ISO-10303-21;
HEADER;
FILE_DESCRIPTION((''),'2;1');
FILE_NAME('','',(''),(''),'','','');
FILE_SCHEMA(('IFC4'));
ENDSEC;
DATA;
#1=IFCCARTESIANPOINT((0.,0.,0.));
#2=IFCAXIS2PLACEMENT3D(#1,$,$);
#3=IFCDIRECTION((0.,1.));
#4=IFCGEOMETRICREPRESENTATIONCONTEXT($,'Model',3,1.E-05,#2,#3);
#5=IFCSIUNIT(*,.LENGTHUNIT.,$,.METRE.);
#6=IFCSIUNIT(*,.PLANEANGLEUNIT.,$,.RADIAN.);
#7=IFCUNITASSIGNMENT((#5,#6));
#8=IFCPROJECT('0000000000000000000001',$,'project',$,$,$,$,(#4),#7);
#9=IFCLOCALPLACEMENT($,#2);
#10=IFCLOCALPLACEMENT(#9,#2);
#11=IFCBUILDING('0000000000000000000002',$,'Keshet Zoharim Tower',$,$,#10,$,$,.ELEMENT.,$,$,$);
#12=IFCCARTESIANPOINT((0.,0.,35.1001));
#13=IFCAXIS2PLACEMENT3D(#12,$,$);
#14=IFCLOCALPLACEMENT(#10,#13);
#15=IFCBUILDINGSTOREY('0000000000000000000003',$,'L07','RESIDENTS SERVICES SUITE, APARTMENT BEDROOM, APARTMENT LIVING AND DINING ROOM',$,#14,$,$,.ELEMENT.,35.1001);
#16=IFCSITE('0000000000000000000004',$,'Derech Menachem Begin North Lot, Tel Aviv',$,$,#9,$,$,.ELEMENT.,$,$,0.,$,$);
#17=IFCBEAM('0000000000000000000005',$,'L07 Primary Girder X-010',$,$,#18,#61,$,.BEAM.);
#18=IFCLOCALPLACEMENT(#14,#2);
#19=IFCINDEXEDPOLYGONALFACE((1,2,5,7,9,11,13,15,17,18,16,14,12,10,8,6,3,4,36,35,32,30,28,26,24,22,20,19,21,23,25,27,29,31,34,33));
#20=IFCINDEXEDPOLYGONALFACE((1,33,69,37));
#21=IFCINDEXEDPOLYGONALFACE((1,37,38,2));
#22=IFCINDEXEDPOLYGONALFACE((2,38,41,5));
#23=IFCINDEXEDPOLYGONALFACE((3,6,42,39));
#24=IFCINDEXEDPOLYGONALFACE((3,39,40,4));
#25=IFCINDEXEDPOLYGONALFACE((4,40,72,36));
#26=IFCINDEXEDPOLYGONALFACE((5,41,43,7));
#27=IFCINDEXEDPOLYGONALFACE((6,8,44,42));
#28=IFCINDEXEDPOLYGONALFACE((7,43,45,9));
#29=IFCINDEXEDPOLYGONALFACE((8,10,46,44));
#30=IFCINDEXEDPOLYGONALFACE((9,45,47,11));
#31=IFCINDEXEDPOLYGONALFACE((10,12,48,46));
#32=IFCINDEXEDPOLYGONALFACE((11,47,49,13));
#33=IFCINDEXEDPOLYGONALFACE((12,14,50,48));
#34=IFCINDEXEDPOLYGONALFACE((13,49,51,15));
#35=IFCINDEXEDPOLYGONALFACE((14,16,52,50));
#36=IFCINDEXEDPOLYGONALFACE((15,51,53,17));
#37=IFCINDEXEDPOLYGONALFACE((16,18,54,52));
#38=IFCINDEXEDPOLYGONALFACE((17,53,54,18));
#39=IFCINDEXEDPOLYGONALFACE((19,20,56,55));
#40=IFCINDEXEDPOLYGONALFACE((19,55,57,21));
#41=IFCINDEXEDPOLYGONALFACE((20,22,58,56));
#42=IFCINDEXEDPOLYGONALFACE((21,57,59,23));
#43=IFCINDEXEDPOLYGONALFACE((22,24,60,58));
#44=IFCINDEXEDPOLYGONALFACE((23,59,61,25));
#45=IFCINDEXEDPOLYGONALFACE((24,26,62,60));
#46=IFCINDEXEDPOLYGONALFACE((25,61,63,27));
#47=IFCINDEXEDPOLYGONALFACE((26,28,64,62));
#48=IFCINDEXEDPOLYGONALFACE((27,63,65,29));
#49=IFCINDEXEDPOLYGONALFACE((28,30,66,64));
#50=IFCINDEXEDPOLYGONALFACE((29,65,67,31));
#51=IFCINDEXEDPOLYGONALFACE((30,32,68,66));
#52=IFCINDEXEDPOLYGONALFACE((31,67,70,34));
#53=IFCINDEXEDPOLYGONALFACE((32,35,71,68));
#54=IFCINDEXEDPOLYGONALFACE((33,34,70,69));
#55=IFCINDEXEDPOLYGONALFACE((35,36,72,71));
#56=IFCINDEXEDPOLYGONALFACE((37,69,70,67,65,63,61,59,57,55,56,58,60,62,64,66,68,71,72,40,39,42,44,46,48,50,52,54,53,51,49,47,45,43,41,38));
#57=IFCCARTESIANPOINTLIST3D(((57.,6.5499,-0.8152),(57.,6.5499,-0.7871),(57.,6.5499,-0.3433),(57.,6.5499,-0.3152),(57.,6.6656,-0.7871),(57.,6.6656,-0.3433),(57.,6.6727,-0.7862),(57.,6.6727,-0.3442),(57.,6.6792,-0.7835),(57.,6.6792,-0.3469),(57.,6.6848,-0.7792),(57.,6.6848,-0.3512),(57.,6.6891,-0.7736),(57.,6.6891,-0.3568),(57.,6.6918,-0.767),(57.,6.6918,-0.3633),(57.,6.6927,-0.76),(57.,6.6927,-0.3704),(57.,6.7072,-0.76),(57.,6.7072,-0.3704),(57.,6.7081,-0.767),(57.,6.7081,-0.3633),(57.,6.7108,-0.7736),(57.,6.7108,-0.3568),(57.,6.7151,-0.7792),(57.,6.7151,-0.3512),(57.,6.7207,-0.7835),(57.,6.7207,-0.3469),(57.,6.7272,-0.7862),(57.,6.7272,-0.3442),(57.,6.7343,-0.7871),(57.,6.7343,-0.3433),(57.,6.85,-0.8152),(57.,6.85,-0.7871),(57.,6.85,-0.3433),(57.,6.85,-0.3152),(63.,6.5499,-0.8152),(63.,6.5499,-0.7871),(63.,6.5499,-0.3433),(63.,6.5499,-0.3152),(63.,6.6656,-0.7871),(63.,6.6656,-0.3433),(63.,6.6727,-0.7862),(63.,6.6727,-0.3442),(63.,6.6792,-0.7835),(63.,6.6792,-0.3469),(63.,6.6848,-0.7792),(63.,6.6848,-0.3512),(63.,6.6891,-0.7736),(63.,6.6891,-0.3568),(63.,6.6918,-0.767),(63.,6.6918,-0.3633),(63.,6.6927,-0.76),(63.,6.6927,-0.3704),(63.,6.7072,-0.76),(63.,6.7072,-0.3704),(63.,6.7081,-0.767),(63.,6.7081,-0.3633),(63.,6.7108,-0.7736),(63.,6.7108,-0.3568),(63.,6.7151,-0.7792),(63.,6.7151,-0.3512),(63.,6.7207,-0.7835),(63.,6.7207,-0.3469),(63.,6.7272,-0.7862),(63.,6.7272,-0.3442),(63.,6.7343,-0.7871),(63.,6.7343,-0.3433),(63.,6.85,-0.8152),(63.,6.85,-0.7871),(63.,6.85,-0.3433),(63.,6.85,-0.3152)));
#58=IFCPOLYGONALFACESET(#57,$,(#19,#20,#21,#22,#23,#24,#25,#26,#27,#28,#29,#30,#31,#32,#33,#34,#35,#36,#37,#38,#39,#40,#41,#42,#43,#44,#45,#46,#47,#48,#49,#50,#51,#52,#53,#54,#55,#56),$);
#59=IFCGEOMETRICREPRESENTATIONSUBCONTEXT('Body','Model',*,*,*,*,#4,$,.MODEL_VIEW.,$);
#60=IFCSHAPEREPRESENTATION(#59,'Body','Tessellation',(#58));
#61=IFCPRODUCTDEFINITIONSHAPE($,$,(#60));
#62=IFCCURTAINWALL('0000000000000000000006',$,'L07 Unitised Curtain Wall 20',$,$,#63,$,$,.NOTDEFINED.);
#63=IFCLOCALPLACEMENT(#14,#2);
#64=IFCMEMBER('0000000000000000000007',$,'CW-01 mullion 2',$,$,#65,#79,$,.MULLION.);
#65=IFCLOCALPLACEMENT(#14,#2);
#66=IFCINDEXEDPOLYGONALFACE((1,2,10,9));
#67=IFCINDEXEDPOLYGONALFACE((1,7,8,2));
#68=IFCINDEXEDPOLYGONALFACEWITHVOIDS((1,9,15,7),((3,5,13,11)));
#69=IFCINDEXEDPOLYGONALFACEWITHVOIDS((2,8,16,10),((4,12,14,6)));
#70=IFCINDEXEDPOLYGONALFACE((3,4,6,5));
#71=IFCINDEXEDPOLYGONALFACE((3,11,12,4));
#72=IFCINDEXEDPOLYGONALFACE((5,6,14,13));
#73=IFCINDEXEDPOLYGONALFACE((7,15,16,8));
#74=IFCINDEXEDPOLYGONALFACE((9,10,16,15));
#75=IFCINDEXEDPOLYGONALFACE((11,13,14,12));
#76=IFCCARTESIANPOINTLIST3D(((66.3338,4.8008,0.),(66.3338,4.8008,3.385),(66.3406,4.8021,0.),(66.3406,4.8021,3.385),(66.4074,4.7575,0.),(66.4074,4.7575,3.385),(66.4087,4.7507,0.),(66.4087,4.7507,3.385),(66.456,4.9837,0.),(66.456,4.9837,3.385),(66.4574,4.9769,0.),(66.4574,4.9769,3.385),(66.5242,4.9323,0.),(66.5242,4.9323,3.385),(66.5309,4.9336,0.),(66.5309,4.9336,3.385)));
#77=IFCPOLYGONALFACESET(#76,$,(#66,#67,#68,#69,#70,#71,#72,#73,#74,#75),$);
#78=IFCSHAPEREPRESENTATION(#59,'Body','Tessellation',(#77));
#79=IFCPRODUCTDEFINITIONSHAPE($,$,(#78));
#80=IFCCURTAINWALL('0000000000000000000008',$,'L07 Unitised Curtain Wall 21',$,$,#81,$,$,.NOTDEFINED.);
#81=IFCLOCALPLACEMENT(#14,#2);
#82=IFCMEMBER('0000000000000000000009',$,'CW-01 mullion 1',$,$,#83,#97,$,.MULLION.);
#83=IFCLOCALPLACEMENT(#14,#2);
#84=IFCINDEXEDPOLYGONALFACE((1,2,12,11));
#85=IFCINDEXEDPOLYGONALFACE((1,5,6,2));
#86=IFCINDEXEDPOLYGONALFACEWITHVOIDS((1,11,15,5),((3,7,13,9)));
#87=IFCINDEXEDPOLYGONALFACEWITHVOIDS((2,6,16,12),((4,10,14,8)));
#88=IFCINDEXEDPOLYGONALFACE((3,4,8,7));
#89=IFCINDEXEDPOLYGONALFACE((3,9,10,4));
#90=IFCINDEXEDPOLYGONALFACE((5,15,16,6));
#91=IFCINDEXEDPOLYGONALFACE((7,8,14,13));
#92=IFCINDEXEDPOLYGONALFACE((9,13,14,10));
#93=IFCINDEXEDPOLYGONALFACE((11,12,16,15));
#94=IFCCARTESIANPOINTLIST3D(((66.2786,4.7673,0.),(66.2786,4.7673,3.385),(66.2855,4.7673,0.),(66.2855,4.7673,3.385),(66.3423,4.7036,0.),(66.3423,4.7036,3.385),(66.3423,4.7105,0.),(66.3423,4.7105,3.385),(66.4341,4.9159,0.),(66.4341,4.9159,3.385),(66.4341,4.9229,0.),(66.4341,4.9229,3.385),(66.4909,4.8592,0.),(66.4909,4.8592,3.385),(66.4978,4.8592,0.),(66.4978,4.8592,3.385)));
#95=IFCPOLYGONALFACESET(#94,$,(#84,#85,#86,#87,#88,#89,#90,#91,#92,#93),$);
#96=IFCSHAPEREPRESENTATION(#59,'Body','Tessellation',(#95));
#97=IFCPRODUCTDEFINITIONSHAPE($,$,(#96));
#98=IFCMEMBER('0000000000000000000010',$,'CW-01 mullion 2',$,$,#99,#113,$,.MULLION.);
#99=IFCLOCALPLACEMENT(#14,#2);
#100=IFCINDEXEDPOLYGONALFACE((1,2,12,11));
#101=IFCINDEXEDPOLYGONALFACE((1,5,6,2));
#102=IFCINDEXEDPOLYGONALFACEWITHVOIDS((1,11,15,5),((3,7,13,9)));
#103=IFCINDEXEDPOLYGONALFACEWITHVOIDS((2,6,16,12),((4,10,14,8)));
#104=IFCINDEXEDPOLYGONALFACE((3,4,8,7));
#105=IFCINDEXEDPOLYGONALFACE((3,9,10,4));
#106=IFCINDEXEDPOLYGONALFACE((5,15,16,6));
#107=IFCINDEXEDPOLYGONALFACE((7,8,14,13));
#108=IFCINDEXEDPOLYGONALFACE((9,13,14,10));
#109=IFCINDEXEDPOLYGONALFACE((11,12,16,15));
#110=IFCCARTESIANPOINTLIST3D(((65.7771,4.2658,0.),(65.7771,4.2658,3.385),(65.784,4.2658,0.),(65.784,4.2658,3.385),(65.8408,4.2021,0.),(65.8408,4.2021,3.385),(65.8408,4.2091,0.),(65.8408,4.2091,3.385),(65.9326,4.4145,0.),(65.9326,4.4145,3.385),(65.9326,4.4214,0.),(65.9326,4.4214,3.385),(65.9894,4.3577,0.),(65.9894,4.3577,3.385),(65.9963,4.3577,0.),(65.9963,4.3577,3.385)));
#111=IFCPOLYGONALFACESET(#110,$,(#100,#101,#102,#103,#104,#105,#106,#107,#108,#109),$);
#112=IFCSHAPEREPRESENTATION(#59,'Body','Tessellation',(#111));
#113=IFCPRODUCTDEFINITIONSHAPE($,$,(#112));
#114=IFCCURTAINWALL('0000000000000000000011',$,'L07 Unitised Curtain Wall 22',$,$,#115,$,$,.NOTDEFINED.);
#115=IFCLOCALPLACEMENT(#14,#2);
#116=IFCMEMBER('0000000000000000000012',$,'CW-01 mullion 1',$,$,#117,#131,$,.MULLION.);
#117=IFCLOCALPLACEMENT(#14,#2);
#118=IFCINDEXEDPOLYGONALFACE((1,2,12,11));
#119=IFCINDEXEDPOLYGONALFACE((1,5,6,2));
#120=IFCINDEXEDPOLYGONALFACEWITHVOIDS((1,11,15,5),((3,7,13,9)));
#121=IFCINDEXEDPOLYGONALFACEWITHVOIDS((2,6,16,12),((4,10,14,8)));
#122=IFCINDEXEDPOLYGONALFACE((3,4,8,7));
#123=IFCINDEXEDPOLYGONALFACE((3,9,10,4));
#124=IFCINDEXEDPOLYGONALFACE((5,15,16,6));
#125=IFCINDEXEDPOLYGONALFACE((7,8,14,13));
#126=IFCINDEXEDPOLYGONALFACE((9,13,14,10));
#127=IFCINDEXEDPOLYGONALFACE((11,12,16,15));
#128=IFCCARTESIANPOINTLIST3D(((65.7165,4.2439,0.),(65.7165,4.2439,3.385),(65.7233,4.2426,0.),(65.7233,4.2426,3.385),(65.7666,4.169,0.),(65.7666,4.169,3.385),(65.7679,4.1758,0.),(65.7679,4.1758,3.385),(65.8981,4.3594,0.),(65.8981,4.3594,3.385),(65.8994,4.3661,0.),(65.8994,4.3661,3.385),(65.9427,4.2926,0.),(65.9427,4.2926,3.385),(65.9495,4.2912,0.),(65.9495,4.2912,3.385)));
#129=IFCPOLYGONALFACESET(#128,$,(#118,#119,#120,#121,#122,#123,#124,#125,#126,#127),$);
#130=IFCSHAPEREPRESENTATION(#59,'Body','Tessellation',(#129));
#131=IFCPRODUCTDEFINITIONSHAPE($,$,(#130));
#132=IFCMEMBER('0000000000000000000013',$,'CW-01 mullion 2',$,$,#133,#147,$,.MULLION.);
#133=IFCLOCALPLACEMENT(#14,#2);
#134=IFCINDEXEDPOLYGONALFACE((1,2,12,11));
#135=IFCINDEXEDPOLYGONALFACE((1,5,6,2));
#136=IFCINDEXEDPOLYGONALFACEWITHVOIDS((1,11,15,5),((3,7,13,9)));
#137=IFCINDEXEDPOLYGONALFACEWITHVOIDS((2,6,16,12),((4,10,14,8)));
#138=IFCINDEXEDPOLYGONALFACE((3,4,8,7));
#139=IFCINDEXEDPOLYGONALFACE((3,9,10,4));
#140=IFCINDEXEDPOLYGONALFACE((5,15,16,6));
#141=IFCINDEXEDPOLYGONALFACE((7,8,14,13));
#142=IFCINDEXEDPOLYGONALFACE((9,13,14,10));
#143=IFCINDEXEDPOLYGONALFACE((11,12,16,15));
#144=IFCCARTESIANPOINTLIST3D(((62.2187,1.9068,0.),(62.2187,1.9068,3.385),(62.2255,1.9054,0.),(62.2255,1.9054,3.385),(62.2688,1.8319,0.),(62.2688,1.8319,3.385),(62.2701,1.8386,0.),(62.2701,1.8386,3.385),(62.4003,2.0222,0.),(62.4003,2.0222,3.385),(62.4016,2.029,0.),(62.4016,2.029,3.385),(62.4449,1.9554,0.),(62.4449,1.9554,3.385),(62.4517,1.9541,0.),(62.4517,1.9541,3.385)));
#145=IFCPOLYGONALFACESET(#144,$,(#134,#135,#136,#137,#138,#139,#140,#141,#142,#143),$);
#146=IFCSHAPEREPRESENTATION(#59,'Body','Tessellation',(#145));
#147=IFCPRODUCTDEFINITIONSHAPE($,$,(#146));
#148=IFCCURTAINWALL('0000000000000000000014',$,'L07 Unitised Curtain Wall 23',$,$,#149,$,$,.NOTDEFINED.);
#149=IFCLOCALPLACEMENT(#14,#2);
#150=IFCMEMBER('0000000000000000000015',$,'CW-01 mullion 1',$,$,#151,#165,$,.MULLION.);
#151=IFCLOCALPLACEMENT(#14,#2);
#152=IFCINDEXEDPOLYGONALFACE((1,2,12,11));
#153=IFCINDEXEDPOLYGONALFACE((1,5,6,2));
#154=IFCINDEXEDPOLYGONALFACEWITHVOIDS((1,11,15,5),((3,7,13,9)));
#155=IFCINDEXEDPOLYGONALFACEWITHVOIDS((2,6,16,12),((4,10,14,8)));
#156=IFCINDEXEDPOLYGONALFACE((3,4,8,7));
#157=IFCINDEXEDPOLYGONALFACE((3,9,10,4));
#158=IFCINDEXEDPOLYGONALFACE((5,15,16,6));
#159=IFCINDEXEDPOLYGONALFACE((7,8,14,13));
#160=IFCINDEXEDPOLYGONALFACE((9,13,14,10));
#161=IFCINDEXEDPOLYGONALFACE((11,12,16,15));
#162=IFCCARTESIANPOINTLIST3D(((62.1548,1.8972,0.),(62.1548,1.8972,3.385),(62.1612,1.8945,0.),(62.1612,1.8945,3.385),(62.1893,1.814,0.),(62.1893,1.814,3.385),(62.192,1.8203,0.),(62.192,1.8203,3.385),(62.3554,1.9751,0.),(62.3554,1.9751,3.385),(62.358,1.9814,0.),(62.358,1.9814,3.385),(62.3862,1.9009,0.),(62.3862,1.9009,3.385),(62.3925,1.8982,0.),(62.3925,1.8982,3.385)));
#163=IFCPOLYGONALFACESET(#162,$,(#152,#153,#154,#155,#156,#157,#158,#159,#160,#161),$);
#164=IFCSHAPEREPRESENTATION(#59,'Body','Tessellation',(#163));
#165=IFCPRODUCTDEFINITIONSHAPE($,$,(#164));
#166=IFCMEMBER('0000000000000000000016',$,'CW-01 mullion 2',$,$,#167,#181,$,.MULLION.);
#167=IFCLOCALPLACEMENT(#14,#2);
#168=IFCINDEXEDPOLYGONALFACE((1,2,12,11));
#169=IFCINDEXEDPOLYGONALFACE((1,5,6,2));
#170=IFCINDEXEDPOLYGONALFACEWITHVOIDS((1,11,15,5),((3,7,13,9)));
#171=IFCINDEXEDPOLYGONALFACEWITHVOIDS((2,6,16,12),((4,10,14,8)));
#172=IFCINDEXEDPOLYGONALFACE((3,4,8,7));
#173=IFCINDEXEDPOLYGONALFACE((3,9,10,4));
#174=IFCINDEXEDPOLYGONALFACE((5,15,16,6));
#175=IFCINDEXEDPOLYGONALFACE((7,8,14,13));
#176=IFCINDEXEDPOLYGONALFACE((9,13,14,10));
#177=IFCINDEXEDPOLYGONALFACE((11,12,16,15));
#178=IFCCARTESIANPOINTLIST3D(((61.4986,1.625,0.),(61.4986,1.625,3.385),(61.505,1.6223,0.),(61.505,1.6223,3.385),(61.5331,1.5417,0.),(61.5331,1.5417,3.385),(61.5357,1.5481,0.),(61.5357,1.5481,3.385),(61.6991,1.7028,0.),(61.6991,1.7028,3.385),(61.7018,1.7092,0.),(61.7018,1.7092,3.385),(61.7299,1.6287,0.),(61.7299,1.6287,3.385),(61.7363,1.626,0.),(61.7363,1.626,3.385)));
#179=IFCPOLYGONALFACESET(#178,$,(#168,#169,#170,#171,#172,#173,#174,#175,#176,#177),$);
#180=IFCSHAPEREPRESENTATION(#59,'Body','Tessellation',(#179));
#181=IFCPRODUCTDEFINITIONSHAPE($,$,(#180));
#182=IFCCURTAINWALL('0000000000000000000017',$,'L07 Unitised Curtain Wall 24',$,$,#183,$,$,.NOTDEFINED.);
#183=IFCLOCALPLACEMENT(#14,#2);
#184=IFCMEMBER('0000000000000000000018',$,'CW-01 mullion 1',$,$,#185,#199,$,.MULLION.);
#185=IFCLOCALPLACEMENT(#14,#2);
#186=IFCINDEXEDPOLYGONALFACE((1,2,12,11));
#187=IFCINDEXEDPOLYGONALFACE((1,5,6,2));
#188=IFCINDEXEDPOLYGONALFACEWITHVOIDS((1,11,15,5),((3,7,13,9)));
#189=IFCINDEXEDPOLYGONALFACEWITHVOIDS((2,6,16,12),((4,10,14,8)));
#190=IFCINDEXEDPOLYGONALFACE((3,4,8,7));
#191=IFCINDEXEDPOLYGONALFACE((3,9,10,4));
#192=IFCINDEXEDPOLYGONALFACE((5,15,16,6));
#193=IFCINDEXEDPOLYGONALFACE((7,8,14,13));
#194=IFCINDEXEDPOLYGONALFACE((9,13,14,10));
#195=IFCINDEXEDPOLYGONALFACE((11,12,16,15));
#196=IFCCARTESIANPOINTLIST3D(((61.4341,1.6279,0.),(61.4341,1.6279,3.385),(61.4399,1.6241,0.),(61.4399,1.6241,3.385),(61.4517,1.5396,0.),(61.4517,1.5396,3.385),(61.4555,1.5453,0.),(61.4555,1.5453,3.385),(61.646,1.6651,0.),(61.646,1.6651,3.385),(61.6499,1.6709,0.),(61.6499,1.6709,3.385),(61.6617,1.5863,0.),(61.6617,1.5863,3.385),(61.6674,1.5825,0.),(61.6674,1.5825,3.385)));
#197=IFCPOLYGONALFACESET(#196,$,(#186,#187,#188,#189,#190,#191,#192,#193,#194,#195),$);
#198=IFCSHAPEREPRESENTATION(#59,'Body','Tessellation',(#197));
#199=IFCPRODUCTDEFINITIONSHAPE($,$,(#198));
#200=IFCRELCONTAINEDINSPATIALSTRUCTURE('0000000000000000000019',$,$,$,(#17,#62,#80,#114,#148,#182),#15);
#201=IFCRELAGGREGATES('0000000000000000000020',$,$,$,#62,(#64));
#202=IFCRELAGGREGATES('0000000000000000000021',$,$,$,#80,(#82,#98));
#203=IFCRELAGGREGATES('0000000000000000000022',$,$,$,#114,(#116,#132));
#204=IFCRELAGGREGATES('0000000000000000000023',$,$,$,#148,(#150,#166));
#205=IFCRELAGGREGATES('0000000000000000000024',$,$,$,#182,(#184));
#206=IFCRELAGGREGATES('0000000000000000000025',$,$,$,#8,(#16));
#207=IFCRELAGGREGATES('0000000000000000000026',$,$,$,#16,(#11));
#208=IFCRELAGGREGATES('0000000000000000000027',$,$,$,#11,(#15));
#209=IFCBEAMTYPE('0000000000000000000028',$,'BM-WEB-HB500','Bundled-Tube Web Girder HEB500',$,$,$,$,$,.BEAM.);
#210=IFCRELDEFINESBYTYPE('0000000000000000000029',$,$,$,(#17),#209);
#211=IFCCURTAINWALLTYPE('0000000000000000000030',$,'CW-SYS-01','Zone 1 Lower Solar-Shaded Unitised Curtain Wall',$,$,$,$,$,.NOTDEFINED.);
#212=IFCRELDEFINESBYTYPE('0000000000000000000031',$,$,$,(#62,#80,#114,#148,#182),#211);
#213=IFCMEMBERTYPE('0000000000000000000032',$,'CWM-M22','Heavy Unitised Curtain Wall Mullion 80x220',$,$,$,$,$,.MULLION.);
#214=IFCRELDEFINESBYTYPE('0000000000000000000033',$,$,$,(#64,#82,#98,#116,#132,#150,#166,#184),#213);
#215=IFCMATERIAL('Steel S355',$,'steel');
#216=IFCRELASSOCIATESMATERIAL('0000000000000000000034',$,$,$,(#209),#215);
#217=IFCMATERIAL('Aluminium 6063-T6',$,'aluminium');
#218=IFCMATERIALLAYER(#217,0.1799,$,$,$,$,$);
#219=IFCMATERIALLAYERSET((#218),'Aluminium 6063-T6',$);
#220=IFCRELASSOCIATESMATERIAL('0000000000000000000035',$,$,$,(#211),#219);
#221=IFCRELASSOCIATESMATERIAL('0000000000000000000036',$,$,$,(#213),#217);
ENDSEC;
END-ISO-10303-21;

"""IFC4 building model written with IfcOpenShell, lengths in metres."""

from ifc_helpers import new_model, si_unit, direction, frame, origin, origin_2d, place, context, subcontext, project, spatial, hollow_rectangle, i_section, extrude, material, layer, layer_set, material_profile, profile_set, type_object, element, aggregate, save


model = new_model("IFC4")

# Units and contexts
model_context = context("Model", 3, precision=1e-05, world=origin(), true_north=direction((0.0, 1.0)))
body_context = subcontext(model_context, "Body", "Model", "MODEL_VIEW")
ifc_project = project(units=[si_unit("LENGTHUNIT", "METRE"), si_unit("PLANEANGLEUNIT", "RADIAN")], contexts=[model_context])

# Site, building, storey
site_placement = place(None, origin())
site = spatial("IfcSite", under=ifc_project, at=site_placement, Name="Derech Menachem Begin North Lot, Tel Aviv", CompositionType="ELEMENT", RefElevation=0.0)
building_placement = place(site_placement, origin())
building = spatial("IfcBuilding", under=site, at=building_placement, Name="Keshet Zoharim Tower", CompositionType="ELEMENT")
storey_placement = place(building_placement, frame((0.0, 0.0, 35.1001)))
storey = spatial("IfcBuildingStorey", under=building, at=storey_placement, Name="L07", Description="RESIDENTS SERVICES SUITE, APARTMENT BEDROOM, APARTMENT LIVING AND DINING ROOM", CompositionType="ELEMENT", Elevation=35.1001)

# Beam
ifc_material_1 = material(Name="Steel S355", Category="steel")
ifc_material_profile_1 = material_profile(ifc_material_1, i_section(OverallWidth=0.3, OverallDepth=0.5, WebThickness=0.0144, FlangeThickness=0.0281, FilletRadius=0.0271, at=origin_2d()), Name="HEB500")
ifc_profile_set_1 = profile_set([ifc_material_profile_1], Name="Steel S355")
beam_type_1 = type_object("IfcBeamType", Name="BM-WEB-HB500", Description="Bundled-Tube Web Girder HEB500", PredefinedType="BEAM", material=ifc_profile_set_1)
beam_placement = place(storey_placement, frame((57.0, 6.7, -0.5652), z_axis=(1.0, 0.0, 0.0), x_axis=(0.0, 1.0, 0.0)))
element("IfcBeam", 1, at=beam_placement, inside=storey, type_object=beam_type_1, Name="L07 Primary Girder X-010", PredefinedType="BEAM", context=body_context, shape_type="SweptSolid", body=[
    extrude(i_section(OverallWidth=0.3, OverallDepth=0.5, WebThickness=0.0144, FlangeThickness=0.0281, FilletRadius=0.0271, at=origin_2d()), origin(), (0.0, 0.0, 1.0), 6.0),
])

# Curtain wall, member
ifc_material_2 = material(Name="Aluminium 6063-T6", Category="aluminium")
ifc_layer_1 = layer(ifc_material_2, 0.1799)
ifc_layer_set_1 = layer_set([ifc_layer_1], Name="Aluminium 6063-T6")
curtain_wall_type = type_object("IfcCurtainWallType", Name="CW-SYS-01", Description="Zone 1 Lower Solar-Shaded Unitised Curtain Wall", PredefinedType="NOTDEFINED", material=ifc_layer_set_1)
curtain_wall_1_placement = place(storey_placement, origin())
curtain_wall_1 = element("IfcCurtainWall", 2, at=curtain_wall_1_placement, inside=storey, type_object=curtain_wall_type, Name="L07 Unitised Curtain Wall 20", PredefinedType="NOTDEFINED")
ifc_material_profile_2 = material_profile(ifc_material_2, hollow_rectangle(XDim=0.0901, YDim=0.22, WallThickness=0.0049, at=origin_2d()), Name="MUL-90x220")
ifc_profile_set_2 = profile_set([ifc_material_profile_2], Name="Aluminium 6063-T6")
member_type_1 = type_object("IfcMemberType", Name="CWM-M22", Description="Heavy Unitised Curtain Wall Mullion 80x220", PredefinedType="MULLION", material=ifc_profile_set_2)
member_1_placement = place(storey_placement, frame((66.4324, 4.8672, 0.0), z_axis=(0.0, 0.0, 1.0), x_axis=(0.831474, -0.555563, 0.0)))
member_1 = element("IfcMember", 3, at=member_1_placement, type_object=member_type_1, Name="CW-01 mullion 2", PredefinedType="MULLION", context=body_context, shape_type="SweptSolid", body=[
    extrude(hollow_rectangle(XDim=0.0901, YDim=0.22, WallThickness=0.0049, at=origin_2d()), origin(), (0.0, 0.0, 1.0), 3.385),
])

# Curtain walls, members
curtain_wall_2_placement = place(storey_placement, origin())
curtain_wall_2 = element("IfcCurtainWall", 4, at=curtain_wall_2_placement, inside=storey, type_object=curtain_wall_type, Name="L07 Unitised Curtain Wall 21", PredefinedType="NOTDEFINED")
member_2_placement = place(storey_placement, frame((66.3882, 4.8132, 0.0), z_axis=(0.0, 0.0, 1.0), x_axis=(0.707107, -0.707107, 0.0)))
member_2 = element("IfcMember", 5, at=member_2_placement, type_object=member_type_1, Name="CW-01 mullion 1", PredefinedType="MULLION", context=body_context, shape_type="SweptSolid", body=[
    extrude(hollow_rectangle(XDim=0.0901, YDim=0.22, WallThickness=0.0049, at=origin_2d()), origin(), (0.0, 0.0, 1.0), 3.385),
])
member_3_placement = place(storey_placement, frame((65.8867, 4.3118, 0.0), z_axis=(0.0, 0.0, 1.0), x_axis=(0.707107, -0.707107, 0.0)))
member_3 = element("IfcMember", 6, at=member_3_placement, type_object=member_type_1, Name="CW-01 mullion 2", PredefinedType="MULLION", context=body_context, shape_type="SweptSolid", body=[
    extrude(hollow_rectangle(XDim=0.0901, YDim=0.22, WallThickness=0.0049, at=origin_2d()), origin(), (0.0, 0.0, 1.0), 3.385),
])
curtain_wall_3_placement = place(storey_placement, origin())
curtain_wall_3 = element("IfcCurtainWall", 7, at=curtain_wall_3_placement, inside=storey, type_object=curtain_wall_type, Name="L07 Unitised Curtain Wall 22", PredefinedType="NOTDEFINED")
member_4_placement = place(storey_placement, frame((65.833, 4.2676, 0.0), z_axis=(0.0, 0.0, 1.0), x_axis=(0.555563, -0.831474, 0.0)))
member_4 = element("IfcMember", 8, at=member_4_placement, type_object=member_type_1, Name="CW-01 mullion 1", PredefinedType="MULLION", context=body_context, shape_type="SweptSolid", body=[
    extrude(hollow_rectangle(XDim=0.0901, YDim=0.22, WallThickness=0.0049, at=origin_2d()), origin(), (0.0, 0.0, 1.0), 3.385),
])
member_5_placement = place(storey_placement, frame((62.3352, 1.9304, 0.0), z_axis=(0.0, 0.0, 1.0), x_axis=(0.555563, -0.831474, 0.0)))
member_5 = element("IfcMember", 9, at=member_5_placement, type_object=member_type_1, Name="CW-01 mullion 2", PredefinedType="MULLION", context=body_context, shape_type="SweptSolid", body=[
    extrude(hollow_rectangle(XDim=0.0901, YDim=0.22, WallThickness=0.0049, at=origin_2d()), origin(), (0.0, 0.0, 1.0), 3.385),
])
curtain_wall_4_placement = place(storey_placement, origin())
curtain_wall_4 = element("IfcCurtainWall", 10, at=curtain_wall_4_placement, inside=storey, type_object=curtain_wall_type, Name="L07 Unitised Curtain Wall 23", PredefinedType="NOTDEFINED")
member_6_placement = place(storey_placement, frame((62.2737, 1.8977, 0.0), z_axis=(0.0, 0.0, 1.0), x_axis=(0.383068, -0.92372, 0.0)))
member_6 = element("IfcMember", 11, at=member_6_placement, type_object=member_type_1, Name="CW-01 mullion 1", PredefinedType="MULLION", context=body_context, shape_type="SweptSolid", body=[
    extrude(hollow_rectangle(XDim=0.0901, YDim=0.22, WallThickness=0.0049, at=origin_2d()), origin(), (0.0, 0.0, 1.0), 3.385),
])
member_7_placement = place(storey_placement, frame((61.6174, 1.6255, 0.0), z_axis=(0.0, 0.0, 1.0), x_axis=(0.383068, -0.92372, 0.0)))
member_7 = element("IfcMember", 12, at=member_7_placement, type_object=member_type_1, Name="CW-01 mullion 2", PredefinedType="MULLION", context=body_context, shape_type="SweptSolid", body=[
    extrude(hollow_rectangle(XDim=0.0901, YDim=0.22, WallThickness=0.0049, at=origin_2d()), origin(), (0.0, 0.0, 1.0), 3.385),
])
curtain_wall_5_placement = place(storey_placement, origin())
curtain_wall_5 = element("IfcCurtainWall", 13, at=curtain_wall_5_placement, inside=storey, type_object=curtain_wall_type, Name="L07 Unitised Curtain Wall 24", PredefinedType="NOTDEFINED")
member_8_placement = place(storey_placement, frame((61.5508, 1.6052, 0.0), z_axis=(0.0, 0.0, 1.0), x_axis=(0.195171, -0.980769, 0.0)))
member_8 = element("IfcMember", 14, at=member_8_placement, type_object=member_type_1, Name="CW-01 mullion 1", PredefinedType="MULLION", context=body_context, shape_type="SweptSolid", body=[
    extrude(hollow_rectangle(XDim=0.0901, YDim=0.22, WallThickness=0.0049, at=origin_2d()), origin(), (0.0, 0.0, 1.0), 3.385),
])

aggregate(curtain_wall_1, [member_1])
aggregate(curtain_wall_2, [member_2, member_3])
aggregate(curtain_wall_3, [member_4, member_5])
aggregate(curtain_wall_4, [member_6, member_7])
aggregate(curtain_wall_5, [member_8])

save(model, "model.ifc")
